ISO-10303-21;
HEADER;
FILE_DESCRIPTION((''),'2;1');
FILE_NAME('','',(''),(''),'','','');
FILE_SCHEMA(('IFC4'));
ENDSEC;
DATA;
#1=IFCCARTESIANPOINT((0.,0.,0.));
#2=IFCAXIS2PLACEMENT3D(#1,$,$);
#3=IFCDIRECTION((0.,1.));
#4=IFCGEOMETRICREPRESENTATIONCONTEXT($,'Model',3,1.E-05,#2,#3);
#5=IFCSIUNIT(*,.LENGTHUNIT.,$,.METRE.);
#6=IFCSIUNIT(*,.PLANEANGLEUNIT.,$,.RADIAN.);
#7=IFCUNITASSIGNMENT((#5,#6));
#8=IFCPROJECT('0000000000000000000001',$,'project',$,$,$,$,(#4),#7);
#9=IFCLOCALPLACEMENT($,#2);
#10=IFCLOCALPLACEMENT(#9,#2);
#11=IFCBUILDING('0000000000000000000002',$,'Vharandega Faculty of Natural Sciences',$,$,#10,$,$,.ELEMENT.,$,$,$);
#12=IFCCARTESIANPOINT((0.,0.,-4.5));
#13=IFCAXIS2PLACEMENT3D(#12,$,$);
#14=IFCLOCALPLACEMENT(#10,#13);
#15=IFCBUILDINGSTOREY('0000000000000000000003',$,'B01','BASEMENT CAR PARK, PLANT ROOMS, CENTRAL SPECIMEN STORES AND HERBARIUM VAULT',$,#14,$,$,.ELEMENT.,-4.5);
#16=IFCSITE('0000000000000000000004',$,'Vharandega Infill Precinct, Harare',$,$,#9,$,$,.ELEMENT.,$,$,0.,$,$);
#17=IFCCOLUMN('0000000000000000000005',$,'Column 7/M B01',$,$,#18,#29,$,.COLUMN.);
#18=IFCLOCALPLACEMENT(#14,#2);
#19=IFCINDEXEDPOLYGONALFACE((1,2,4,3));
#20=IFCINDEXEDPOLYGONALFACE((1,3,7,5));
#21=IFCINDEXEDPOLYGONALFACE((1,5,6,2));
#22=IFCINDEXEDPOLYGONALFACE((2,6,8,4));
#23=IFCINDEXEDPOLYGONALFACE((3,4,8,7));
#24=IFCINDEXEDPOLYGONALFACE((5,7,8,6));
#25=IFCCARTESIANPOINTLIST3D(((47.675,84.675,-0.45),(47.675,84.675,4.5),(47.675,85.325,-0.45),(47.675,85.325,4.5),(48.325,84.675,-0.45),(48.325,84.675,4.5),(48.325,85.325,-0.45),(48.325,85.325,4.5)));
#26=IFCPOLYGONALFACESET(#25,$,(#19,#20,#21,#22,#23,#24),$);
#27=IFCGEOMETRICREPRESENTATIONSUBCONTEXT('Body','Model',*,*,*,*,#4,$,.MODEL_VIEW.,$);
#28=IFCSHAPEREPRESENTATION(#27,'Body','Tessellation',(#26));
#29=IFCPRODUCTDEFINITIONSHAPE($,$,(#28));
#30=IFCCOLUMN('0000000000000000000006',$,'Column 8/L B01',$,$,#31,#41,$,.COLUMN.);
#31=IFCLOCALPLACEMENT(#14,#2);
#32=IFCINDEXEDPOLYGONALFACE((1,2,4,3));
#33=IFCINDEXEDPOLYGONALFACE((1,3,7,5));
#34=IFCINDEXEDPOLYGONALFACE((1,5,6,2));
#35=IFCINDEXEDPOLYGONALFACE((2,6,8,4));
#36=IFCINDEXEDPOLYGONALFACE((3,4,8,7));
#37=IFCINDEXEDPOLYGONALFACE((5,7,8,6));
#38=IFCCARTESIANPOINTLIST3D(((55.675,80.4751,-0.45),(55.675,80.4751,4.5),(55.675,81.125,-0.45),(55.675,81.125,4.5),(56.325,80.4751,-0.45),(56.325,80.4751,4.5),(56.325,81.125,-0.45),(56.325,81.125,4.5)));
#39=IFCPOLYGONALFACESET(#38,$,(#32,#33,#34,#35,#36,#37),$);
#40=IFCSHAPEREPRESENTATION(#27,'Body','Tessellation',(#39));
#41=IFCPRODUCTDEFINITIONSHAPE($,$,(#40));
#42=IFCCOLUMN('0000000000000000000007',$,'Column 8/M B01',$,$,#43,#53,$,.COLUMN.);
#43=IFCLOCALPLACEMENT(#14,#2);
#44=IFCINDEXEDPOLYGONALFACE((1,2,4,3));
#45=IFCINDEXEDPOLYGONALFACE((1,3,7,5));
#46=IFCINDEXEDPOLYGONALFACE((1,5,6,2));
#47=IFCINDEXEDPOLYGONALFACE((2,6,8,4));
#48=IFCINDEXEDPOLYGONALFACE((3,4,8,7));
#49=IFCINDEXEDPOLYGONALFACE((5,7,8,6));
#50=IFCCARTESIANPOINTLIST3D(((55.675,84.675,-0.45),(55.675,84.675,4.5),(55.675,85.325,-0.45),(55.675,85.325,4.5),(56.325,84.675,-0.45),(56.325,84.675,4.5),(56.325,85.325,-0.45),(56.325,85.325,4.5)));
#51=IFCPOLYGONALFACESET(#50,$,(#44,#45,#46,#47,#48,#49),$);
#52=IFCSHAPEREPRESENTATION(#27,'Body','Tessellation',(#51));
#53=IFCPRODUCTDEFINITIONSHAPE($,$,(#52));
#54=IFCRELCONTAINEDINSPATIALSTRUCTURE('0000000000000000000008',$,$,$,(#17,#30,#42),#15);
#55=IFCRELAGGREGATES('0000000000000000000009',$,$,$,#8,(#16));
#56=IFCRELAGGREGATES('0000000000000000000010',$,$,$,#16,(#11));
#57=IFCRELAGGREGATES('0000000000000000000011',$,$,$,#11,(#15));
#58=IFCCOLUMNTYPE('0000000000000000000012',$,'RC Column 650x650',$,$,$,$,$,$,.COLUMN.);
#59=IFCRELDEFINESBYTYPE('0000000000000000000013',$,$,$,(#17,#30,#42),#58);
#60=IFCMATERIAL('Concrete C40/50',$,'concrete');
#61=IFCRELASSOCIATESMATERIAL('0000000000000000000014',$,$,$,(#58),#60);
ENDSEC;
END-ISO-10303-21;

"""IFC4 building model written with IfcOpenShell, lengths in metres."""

from ifc_helpers import new_model, si_unit, direction, frame, origin, origin_2d, place, context, subcontext, project, spatial, rectangle, extrude, material, material_profile, profile_set, type_object, element, save


model = new_model("IFC4")

# Units and contexts
model_context = context("Model", 3, precision=1e-05, world=origin(), true_north=direction((0.0, 1.0)))
body_context = subcontext(model_context, "Body", "Model", "MODEL_VIEW")
ifc_project = project(units=[si_unit("LENGTHUNIT", "METRE"), si_unit("PLANEANGLEUNIT", "RADIAN")], contexts=[model_context])

# Site, building, storey
site_placement = place(None, origin())
site = spatial("IfcSite", under=ifc_project, at=site_placement, Name="Vharandega Infill Precinct, Harare", CompositionType="ELEMENT", RefElevation=0.0)
building_placement = place(site_placement, origin())
building = spatial("IfcBuilding", under=site, at=building_placement, Name="Vharandega Faculty of Natural Sciences", CompositionType="ELEMENT")
storey_placement = place(building_placement, frame((0.0, 0.0, -4.5)))
storey = spatial("IfcBuildingStorey", under=building, at=storey_placement, Name="B01", Description="BASEMENT CAR PARK, PLANT ROOMS, CENTRAL SPECIMEN STORES AND HERBARIUM VAULT", CompositionType="ELEMENT", Elevation=-4.5)

# Columns
ifc_material_1 = material(Name="Concrete C40/50", Category="concrete")
ifc_material_profile_1 = material_profile(ifc_material_1, rectangle(XDim=0.6499, YDim=0.6499, at=origin_2d()), Name="RC 650x650")
ifc_profile_set_1 = profile_set([ifc_material_profile_1], Name="Concrete C40/50")
column_type = type_object("IfcColumnType", Name="RC Column 650x650", PredefinedType="COLUMN", material=ifc_profile_set_1)
for number, where, z_axis, x_axis, name in (
    (1, (48.0, 85.0, -0.45), (0.0, 0.0, 1.0), (1.0, 0.0, 0.0), "Column 7/M B01"),
    (2, (56.0, 80.8, -0.45), (0.0, 0.0, 1.0), (1.0, 0.0, 0.0), "Column 8/L B01"),
    (3, (56.0, 85.0, -0.45), (0.0, 0.0, 1.0), (1.0, 0.0, 0.0), "Column 8/M B01"),
):
    element("IfcColumn", number, at=place(storey_placement, frame(where, z_axis=z_axis, x_axis=x_axis)), inside=storey, type_object=column_type, Name=name, PredefinedType="COLUMN", context=body_context, shape_type="SweptSolid", body=[
        extrude(rectangle(XDim=0.6499, YDim=0.6499, at=origin_2d()), origin(), (0.0, 0.0, 1.0), 4.95),
    ])

save(model, "model.ifc")
